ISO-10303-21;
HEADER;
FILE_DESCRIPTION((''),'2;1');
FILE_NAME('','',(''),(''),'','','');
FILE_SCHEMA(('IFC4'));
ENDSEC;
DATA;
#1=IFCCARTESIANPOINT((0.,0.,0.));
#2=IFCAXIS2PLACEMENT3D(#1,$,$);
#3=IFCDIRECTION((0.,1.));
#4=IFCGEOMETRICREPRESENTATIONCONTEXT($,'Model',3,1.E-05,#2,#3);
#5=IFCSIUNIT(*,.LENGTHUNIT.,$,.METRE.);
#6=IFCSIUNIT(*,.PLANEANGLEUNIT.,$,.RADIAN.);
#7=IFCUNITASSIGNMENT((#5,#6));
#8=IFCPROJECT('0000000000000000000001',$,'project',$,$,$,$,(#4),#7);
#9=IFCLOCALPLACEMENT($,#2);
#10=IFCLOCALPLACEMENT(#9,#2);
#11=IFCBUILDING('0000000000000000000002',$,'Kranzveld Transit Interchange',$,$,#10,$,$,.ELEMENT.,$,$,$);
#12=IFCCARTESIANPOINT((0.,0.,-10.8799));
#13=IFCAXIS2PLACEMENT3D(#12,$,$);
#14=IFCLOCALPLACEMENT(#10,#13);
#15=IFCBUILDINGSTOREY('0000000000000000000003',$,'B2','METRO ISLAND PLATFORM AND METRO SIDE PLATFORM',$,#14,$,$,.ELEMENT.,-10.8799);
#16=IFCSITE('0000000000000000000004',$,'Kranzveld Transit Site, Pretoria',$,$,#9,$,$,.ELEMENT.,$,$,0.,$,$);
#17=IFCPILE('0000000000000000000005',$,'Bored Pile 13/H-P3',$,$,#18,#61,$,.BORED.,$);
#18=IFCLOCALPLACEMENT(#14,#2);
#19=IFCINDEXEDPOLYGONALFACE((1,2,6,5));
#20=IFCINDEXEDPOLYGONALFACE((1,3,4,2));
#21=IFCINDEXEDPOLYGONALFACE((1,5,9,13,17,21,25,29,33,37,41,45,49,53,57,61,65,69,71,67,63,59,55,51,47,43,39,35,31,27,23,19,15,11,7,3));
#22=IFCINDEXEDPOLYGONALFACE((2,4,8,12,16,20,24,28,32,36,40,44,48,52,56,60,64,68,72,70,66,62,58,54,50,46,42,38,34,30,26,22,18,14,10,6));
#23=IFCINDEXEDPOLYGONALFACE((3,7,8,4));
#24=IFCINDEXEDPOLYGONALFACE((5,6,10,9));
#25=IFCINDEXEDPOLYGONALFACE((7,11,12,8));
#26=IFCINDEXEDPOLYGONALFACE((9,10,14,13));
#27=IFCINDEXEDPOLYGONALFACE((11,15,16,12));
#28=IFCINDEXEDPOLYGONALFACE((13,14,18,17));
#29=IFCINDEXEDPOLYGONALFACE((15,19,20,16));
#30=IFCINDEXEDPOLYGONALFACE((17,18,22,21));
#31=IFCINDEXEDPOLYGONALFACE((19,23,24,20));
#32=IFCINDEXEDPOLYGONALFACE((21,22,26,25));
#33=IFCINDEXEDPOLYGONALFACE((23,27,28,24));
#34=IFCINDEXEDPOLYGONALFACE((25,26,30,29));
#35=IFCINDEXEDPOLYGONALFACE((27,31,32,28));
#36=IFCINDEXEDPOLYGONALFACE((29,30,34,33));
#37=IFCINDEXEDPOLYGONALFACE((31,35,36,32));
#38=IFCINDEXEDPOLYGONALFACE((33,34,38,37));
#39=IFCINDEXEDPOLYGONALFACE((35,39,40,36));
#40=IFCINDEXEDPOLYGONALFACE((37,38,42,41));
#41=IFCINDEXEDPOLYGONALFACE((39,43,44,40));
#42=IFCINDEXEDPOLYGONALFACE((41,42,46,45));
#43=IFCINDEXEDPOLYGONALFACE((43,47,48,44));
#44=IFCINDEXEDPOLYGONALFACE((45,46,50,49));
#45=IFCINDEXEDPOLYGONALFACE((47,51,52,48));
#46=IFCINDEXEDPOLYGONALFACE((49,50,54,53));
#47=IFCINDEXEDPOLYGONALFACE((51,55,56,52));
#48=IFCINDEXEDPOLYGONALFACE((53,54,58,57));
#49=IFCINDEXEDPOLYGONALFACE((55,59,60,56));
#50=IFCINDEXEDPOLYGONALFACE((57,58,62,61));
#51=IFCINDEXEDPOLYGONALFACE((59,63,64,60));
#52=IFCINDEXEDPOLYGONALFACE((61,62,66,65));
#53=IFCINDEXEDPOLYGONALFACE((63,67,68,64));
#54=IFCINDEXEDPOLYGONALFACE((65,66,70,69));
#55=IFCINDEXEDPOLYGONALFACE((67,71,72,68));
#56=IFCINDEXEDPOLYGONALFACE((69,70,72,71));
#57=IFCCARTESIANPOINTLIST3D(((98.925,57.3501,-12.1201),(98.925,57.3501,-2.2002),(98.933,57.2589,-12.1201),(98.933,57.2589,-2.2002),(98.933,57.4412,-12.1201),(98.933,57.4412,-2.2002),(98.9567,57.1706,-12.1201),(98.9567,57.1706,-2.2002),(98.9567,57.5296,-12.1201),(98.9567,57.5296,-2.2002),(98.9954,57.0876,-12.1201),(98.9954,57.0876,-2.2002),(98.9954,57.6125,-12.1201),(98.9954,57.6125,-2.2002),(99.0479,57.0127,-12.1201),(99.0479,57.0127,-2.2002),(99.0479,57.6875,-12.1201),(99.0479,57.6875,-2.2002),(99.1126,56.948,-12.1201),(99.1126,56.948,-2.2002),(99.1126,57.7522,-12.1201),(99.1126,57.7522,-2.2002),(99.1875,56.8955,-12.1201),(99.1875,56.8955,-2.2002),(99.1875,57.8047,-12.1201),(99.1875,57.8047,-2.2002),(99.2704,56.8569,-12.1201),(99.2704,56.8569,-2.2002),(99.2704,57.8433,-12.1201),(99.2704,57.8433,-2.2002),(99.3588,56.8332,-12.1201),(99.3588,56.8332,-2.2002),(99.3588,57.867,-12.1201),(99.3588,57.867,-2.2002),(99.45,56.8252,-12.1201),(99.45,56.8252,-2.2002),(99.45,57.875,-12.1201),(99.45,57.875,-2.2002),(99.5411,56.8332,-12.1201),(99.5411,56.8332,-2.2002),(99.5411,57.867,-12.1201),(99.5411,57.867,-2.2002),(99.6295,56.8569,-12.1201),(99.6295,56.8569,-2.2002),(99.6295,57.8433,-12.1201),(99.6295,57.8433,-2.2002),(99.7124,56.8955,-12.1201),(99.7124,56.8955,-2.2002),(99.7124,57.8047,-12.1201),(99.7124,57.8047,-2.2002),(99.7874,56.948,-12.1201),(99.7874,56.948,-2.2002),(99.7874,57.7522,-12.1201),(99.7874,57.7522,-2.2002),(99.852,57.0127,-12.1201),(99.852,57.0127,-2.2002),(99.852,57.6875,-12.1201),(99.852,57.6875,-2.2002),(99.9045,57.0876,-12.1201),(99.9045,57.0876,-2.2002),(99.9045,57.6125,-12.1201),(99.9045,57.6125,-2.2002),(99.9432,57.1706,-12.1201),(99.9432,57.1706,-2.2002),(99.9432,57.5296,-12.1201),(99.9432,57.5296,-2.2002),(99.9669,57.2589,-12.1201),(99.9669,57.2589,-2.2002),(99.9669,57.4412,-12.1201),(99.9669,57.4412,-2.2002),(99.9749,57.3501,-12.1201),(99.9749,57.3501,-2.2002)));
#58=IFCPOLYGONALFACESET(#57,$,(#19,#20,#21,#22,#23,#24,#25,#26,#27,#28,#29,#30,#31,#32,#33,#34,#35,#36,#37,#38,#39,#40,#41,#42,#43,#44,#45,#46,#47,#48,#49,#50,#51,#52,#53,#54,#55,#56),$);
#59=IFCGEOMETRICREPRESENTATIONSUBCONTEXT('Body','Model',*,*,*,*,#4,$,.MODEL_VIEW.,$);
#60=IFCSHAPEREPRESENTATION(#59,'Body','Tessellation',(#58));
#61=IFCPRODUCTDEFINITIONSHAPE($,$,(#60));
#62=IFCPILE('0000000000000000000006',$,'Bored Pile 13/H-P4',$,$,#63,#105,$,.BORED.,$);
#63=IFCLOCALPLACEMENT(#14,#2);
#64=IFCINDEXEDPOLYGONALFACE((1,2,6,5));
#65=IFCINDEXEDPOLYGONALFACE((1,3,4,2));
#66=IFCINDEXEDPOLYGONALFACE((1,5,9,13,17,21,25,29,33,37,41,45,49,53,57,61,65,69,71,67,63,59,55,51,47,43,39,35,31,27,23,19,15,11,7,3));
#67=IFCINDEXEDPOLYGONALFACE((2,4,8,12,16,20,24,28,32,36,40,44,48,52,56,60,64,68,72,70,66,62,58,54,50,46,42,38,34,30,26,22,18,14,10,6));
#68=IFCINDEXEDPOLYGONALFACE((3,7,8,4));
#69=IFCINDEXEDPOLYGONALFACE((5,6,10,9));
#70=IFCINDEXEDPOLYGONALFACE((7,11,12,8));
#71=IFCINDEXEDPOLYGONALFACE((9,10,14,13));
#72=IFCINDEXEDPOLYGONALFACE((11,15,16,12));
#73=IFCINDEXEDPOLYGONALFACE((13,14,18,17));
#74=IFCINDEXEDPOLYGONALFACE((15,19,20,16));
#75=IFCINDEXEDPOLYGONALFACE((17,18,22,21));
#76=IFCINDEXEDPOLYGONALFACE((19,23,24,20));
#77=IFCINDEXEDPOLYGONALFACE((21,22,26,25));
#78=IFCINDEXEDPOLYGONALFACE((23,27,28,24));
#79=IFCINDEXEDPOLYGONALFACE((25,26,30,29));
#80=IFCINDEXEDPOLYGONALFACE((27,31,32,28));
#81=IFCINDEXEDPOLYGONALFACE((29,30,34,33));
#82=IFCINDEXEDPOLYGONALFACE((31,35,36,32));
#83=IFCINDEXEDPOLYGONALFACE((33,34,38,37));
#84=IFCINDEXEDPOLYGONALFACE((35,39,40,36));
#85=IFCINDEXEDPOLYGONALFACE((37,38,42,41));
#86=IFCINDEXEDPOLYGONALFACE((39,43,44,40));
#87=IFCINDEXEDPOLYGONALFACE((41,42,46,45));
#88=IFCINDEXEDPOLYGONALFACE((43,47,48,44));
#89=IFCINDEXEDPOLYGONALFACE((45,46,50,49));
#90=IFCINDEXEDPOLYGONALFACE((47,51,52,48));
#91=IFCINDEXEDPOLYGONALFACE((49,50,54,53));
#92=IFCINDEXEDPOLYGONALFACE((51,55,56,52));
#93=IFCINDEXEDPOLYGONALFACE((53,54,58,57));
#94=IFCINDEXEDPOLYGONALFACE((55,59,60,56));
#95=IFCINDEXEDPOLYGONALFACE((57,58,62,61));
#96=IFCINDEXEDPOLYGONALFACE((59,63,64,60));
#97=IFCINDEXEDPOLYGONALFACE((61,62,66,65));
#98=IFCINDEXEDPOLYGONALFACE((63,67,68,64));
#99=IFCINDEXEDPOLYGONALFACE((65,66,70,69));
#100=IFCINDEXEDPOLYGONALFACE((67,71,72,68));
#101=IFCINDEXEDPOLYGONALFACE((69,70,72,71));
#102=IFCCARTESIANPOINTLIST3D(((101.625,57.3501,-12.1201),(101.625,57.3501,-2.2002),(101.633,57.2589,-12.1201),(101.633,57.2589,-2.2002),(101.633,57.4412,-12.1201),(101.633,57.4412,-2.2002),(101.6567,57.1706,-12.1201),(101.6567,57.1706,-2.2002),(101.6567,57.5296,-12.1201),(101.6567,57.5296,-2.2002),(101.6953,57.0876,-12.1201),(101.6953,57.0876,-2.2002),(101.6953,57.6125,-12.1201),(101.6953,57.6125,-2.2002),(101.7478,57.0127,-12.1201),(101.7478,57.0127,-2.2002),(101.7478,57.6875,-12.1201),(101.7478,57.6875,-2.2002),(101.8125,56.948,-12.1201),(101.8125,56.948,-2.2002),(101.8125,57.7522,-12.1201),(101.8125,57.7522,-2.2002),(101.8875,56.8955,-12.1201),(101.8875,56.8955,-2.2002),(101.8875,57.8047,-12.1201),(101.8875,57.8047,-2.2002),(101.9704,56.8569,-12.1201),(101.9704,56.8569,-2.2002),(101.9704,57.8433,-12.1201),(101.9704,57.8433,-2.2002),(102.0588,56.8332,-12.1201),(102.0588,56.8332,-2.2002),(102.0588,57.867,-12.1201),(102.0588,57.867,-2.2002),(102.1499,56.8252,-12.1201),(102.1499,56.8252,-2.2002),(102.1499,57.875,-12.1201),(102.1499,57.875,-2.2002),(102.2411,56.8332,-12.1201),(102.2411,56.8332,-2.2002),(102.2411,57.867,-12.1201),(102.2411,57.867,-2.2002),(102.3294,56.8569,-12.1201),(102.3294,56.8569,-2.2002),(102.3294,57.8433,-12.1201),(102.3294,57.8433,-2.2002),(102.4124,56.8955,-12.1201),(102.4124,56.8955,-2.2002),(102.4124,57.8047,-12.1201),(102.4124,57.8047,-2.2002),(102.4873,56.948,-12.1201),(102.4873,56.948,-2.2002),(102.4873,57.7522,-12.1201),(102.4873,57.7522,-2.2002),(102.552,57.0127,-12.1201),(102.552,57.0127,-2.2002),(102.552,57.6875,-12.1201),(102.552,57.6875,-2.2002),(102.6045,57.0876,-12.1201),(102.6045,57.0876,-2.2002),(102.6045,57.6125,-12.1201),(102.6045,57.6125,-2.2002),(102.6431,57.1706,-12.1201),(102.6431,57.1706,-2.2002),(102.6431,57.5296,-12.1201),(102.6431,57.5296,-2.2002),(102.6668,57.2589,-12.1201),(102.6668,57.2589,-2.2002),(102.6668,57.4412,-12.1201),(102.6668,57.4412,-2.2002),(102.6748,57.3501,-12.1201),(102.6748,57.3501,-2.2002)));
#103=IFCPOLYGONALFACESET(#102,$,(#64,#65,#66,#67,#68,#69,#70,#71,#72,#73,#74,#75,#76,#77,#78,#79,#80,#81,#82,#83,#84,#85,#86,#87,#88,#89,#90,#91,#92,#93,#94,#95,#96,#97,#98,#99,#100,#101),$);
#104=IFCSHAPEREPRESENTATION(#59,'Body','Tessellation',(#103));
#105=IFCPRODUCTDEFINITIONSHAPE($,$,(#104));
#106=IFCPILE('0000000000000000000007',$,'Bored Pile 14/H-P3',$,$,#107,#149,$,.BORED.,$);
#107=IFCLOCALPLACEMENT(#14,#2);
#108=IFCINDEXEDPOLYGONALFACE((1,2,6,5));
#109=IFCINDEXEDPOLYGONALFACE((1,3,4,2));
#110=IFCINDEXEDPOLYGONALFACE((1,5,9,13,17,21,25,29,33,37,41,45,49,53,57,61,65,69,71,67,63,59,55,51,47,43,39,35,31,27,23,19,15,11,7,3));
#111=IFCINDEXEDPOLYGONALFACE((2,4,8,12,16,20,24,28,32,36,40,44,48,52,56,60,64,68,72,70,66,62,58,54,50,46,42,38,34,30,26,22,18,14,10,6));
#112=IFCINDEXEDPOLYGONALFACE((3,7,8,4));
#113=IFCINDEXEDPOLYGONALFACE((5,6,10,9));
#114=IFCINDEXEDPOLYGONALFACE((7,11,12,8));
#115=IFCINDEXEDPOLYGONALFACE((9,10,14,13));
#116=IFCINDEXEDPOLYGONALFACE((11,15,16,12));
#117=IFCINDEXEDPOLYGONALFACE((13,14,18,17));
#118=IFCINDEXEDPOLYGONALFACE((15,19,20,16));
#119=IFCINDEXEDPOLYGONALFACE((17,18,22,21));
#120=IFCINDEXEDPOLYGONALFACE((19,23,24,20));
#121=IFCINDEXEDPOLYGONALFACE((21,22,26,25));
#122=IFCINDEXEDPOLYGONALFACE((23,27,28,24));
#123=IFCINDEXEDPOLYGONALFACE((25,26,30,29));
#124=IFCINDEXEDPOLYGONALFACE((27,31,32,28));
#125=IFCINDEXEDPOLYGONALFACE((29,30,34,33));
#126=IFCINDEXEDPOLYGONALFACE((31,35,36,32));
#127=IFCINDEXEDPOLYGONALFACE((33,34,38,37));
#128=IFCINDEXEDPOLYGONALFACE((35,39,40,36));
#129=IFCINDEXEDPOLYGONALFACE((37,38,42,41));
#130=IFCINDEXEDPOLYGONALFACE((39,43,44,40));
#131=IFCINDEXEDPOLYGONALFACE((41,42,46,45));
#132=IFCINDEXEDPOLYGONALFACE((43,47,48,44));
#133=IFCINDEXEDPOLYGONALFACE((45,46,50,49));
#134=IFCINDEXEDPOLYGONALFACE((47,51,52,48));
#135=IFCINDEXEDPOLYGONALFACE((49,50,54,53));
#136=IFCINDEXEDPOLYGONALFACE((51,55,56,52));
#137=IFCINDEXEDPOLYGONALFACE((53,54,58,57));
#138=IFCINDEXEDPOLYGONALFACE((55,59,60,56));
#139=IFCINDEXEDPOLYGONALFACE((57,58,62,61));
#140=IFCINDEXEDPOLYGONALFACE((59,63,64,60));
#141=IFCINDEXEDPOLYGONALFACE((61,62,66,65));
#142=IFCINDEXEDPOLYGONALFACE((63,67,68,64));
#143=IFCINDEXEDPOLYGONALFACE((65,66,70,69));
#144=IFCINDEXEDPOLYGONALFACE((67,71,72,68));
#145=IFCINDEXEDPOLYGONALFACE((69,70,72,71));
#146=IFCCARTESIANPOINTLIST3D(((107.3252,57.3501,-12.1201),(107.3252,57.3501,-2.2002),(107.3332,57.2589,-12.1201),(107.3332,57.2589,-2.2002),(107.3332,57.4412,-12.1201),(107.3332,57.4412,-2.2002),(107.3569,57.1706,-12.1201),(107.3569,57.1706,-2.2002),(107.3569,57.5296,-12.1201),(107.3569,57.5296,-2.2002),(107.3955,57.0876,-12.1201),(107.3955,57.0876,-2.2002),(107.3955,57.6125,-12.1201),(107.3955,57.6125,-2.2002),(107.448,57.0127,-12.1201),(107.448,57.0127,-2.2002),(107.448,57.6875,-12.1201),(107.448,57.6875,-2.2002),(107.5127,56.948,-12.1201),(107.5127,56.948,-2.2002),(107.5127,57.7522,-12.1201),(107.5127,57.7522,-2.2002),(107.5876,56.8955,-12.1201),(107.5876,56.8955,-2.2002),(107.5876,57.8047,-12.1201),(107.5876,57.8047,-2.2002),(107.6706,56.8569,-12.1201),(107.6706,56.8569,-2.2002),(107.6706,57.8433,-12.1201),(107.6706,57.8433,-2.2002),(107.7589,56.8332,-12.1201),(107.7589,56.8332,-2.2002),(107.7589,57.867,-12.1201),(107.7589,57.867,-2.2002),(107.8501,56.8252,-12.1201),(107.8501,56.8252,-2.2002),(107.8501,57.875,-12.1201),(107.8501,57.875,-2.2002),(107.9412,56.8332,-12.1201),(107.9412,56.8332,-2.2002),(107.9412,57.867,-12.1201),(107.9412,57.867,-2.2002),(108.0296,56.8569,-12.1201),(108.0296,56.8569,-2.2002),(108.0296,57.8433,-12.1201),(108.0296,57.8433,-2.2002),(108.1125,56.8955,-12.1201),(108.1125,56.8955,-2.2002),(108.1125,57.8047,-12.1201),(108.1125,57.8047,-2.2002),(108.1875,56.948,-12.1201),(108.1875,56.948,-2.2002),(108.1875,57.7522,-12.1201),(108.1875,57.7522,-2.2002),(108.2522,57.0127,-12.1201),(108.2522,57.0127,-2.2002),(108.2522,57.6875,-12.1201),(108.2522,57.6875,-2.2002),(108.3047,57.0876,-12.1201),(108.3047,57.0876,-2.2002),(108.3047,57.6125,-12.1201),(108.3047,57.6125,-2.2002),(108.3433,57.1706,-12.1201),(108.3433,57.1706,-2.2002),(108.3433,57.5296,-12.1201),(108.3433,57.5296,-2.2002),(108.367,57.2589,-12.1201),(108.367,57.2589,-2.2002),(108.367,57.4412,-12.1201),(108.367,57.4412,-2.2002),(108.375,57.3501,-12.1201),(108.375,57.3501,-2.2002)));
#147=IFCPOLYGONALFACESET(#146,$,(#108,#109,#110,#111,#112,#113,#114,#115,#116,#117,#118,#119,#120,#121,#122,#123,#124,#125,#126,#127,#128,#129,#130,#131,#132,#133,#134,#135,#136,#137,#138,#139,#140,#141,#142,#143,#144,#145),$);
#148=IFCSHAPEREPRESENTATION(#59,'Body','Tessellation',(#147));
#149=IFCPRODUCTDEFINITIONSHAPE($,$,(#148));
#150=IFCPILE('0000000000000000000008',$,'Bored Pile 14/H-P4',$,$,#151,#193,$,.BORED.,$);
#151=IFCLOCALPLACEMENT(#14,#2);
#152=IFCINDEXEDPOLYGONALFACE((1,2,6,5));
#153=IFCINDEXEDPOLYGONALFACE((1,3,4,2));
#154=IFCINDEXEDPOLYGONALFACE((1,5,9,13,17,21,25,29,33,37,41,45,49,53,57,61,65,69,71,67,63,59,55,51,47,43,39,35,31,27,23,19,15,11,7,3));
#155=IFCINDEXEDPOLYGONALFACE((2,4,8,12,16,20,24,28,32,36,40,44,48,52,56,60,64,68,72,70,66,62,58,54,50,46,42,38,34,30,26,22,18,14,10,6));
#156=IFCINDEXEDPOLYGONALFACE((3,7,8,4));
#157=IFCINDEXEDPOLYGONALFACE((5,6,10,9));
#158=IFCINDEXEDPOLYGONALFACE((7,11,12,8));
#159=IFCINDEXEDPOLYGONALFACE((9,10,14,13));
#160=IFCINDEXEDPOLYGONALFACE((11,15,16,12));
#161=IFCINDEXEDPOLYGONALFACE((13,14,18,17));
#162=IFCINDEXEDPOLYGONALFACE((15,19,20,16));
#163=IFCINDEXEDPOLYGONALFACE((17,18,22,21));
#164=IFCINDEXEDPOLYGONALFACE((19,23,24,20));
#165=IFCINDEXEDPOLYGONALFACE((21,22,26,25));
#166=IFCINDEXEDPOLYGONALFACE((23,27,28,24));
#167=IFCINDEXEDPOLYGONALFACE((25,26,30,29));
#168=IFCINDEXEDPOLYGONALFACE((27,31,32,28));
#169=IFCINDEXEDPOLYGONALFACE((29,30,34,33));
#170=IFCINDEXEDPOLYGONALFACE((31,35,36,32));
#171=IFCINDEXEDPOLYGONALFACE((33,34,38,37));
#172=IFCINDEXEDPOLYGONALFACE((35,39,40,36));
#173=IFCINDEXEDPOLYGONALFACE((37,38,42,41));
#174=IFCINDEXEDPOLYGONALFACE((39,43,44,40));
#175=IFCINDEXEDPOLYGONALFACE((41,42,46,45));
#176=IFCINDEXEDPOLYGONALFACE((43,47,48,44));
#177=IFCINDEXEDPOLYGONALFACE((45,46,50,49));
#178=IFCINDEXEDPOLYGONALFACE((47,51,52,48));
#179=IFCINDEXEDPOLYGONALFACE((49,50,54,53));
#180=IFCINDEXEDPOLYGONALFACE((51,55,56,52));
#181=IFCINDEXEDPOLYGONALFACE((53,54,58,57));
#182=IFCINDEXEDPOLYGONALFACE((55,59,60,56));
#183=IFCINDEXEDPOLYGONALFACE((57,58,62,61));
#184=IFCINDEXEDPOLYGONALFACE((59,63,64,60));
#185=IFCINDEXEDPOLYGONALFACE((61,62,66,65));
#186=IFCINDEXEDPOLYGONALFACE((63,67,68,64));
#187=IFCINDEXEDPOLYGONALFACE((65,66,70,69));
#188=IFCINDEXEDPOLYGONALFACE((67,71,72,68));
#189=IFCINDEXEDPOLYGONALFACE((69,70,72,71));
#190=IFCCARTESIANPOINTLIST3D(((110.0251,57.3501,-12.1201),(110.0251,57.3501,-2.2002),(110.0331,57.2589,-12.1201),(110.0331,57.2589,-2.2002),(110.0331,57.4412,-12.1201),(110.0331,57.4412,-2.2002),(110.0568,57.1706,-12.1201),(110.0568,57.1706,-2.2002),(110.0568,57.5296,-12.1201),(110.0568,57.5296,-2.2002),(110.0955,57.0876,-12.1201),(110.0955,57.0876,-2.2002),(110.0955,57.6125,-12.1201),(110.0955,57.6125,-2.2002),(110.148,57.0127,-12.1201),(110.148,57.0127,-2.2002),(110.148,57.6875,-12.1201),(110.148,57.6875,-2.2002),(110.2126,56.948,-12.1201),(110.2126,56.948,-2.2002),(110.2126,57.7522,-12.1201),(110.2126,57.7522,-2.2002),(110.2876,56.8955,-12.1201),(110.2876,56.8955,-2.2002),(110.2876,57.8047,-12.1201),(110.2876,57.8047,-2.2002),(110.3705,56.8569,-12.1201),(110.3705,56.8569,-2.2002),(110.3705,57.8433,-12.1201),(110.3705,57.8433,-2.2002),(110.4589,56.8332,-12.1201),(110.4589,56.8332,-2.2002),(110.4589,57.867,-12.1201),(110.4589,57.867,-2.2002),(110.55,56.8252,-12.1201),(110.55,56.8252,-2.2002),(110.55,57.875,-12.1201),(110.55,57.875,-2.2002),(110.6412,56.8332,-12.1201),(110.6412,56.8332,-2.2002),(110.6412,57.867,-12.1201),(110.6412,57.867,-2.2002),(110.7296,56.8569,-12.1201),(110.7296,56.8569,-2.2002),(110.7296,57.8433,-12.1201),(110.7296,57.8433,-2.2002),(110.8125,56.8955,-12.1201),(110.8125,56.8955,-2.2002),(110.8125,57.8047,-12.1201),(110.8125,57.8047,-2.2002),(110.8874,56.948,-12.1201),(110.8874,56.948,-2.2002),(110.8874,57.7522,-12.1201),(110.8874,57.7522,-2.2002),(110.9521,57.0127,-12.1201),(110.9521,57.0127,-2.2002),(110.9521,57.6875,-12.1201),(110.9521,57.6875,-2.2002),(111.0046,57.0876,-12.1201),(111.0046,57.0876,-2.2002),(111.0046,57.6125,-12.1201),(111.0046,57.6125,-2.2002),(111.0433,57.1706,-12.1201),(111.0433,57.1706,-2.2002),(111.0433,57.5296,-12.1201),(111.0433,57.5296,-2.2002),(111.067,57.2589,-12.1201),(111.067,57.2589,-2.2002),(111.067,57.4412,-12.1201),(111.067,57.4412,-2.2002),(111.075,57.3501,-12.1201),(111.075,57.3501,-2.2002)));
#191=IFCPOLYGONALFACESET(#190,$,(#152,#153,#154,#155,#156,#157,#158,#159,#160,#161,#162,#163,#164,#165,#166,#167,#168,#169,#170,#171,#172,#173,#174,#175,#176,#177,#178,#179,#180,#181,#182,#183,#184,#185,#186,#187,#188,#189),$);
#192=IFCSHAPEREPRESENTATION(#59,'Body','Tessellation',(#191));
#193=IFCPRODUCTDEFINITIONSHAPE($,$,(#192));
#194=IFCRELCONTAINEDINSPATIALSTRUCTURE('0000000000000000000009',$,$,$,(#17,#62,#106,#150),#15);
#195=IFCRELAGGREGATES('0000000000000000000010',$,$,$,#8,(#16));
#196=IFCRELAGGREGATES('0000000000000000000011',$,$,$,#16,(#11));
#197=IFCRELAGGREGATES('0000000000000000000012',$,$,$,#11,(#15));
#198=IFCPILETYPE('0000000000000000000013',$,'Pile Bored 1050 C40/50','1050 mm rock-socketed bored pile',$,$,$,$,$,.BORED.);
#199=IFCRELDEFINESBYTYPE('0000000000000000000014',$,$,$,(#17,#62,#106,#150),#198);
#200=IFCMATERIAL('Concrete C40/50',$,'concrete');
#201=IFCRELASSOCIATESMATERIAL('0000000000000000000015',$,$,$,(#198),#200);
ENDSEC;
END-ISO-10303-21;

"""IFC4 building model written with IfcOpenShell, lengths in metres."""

from ifc_helpers import new_model, si_unit, direction, frame, origin, origin_2d, place, context, subcontext, project, spatial, circle, extrude, material, material_profile, profile_set, type_object, element, save


model = new_model("IFC4")

# Units and contexts
model_context = context("Model", 3, precision=1e-05, world=origin(), true_north=direction((0.0, 1.0)))
body_context = subcontext(model_context, "Body", "Model", "MODEL_VIEW")
ifc_project = project(units=[si_unit("LENGTHUNIT", "METRE"), si_unit("PLANEANGLEUNIT", "RADIAN")], contexts=[model_context])

# Site, building, storey
site_placement = place(None, origin())
site = spatial("IfcSite", under=ifc_project, at=site_placement, Name="Kranzveld Transit Site, Pretoria", CompositionType="ELEMENT", RefElevation=0.0)
building_placement = place(site_placement, origin())
building = spatial("IfcBuilding", under=site, at=building_placement, Name="Kranzveld Transit Interchange", CompositionType="ELEMENT")
storey_placement = place(building_placement, frame((0.0, 0.0, -10.8799)))
storey = spatial("IfcBuildingStorey", under=building, at=storey_placement, Name="B2", Description="METRO ISLAND PLATFORM AND METRO SIDE PLATFORM", CompositionType="ELEMENT", Elevation=-10.8799)

# Piles
ifc_material_1 = material(Name="Concrete C40/50", Category="concrete")
ifc_material_profile_1 = material_profile(ifc_material_1, circle(Radius=0.5249, at=origin_2d()), Name="BORED PILE 1050")
ifc_profile_set_1 = profile_set([ifc_material_profile_1], Name="Concrete C40/50")
pile_type_1 = type_object("IfcPileType", Name="Pile Bored 1050 C40/50", Description="1050 mm rock-socketed bored pile", PredefinedType="BORED", material=ifc_profile_set_1)
for number, where, z_axis, x_axis, name in (
    (1, (99.45, 57.3501, -2.2002), (0.0, 0.0, -1.0), (1.0, 0.0, 0.0), "Bored Pile 13/H-P3"),
    (2, (102.1499, 57.3501, -2.2002), (0.0, 0.0, -1.0), (1.0, 0.0, 0.0), "Bored Pile 13/H-P4"),
    (3, (107.8501, 57.3501, -2.2002), (0.0, 0.0, -1.0), (1.0, 0.0, 0.0), "Bored Pile 14/H-P3"),
    (4, (110.55, 57.3501, -2.2002), (0.0, 0.0, -1.0), (1.0, 0.0, 0.0), "Bored Pile 14/H-P4"),
):
    element("IfcPile", number, at=place(storey_placement, frame(where, z_axis=z_axis, x_axis=x_axis)), inside=storey, type_object=pile_type_1, Name=name, PredefinedType="BORED", context=body_context, shape_type="SweptSolid", body=[
        extrude(circle(Radius=0.5249, at=origin_2d()), origin(), (0.0, 0.0, 1.0), 9.9199),
    ])

save(model, "model.ifc")
